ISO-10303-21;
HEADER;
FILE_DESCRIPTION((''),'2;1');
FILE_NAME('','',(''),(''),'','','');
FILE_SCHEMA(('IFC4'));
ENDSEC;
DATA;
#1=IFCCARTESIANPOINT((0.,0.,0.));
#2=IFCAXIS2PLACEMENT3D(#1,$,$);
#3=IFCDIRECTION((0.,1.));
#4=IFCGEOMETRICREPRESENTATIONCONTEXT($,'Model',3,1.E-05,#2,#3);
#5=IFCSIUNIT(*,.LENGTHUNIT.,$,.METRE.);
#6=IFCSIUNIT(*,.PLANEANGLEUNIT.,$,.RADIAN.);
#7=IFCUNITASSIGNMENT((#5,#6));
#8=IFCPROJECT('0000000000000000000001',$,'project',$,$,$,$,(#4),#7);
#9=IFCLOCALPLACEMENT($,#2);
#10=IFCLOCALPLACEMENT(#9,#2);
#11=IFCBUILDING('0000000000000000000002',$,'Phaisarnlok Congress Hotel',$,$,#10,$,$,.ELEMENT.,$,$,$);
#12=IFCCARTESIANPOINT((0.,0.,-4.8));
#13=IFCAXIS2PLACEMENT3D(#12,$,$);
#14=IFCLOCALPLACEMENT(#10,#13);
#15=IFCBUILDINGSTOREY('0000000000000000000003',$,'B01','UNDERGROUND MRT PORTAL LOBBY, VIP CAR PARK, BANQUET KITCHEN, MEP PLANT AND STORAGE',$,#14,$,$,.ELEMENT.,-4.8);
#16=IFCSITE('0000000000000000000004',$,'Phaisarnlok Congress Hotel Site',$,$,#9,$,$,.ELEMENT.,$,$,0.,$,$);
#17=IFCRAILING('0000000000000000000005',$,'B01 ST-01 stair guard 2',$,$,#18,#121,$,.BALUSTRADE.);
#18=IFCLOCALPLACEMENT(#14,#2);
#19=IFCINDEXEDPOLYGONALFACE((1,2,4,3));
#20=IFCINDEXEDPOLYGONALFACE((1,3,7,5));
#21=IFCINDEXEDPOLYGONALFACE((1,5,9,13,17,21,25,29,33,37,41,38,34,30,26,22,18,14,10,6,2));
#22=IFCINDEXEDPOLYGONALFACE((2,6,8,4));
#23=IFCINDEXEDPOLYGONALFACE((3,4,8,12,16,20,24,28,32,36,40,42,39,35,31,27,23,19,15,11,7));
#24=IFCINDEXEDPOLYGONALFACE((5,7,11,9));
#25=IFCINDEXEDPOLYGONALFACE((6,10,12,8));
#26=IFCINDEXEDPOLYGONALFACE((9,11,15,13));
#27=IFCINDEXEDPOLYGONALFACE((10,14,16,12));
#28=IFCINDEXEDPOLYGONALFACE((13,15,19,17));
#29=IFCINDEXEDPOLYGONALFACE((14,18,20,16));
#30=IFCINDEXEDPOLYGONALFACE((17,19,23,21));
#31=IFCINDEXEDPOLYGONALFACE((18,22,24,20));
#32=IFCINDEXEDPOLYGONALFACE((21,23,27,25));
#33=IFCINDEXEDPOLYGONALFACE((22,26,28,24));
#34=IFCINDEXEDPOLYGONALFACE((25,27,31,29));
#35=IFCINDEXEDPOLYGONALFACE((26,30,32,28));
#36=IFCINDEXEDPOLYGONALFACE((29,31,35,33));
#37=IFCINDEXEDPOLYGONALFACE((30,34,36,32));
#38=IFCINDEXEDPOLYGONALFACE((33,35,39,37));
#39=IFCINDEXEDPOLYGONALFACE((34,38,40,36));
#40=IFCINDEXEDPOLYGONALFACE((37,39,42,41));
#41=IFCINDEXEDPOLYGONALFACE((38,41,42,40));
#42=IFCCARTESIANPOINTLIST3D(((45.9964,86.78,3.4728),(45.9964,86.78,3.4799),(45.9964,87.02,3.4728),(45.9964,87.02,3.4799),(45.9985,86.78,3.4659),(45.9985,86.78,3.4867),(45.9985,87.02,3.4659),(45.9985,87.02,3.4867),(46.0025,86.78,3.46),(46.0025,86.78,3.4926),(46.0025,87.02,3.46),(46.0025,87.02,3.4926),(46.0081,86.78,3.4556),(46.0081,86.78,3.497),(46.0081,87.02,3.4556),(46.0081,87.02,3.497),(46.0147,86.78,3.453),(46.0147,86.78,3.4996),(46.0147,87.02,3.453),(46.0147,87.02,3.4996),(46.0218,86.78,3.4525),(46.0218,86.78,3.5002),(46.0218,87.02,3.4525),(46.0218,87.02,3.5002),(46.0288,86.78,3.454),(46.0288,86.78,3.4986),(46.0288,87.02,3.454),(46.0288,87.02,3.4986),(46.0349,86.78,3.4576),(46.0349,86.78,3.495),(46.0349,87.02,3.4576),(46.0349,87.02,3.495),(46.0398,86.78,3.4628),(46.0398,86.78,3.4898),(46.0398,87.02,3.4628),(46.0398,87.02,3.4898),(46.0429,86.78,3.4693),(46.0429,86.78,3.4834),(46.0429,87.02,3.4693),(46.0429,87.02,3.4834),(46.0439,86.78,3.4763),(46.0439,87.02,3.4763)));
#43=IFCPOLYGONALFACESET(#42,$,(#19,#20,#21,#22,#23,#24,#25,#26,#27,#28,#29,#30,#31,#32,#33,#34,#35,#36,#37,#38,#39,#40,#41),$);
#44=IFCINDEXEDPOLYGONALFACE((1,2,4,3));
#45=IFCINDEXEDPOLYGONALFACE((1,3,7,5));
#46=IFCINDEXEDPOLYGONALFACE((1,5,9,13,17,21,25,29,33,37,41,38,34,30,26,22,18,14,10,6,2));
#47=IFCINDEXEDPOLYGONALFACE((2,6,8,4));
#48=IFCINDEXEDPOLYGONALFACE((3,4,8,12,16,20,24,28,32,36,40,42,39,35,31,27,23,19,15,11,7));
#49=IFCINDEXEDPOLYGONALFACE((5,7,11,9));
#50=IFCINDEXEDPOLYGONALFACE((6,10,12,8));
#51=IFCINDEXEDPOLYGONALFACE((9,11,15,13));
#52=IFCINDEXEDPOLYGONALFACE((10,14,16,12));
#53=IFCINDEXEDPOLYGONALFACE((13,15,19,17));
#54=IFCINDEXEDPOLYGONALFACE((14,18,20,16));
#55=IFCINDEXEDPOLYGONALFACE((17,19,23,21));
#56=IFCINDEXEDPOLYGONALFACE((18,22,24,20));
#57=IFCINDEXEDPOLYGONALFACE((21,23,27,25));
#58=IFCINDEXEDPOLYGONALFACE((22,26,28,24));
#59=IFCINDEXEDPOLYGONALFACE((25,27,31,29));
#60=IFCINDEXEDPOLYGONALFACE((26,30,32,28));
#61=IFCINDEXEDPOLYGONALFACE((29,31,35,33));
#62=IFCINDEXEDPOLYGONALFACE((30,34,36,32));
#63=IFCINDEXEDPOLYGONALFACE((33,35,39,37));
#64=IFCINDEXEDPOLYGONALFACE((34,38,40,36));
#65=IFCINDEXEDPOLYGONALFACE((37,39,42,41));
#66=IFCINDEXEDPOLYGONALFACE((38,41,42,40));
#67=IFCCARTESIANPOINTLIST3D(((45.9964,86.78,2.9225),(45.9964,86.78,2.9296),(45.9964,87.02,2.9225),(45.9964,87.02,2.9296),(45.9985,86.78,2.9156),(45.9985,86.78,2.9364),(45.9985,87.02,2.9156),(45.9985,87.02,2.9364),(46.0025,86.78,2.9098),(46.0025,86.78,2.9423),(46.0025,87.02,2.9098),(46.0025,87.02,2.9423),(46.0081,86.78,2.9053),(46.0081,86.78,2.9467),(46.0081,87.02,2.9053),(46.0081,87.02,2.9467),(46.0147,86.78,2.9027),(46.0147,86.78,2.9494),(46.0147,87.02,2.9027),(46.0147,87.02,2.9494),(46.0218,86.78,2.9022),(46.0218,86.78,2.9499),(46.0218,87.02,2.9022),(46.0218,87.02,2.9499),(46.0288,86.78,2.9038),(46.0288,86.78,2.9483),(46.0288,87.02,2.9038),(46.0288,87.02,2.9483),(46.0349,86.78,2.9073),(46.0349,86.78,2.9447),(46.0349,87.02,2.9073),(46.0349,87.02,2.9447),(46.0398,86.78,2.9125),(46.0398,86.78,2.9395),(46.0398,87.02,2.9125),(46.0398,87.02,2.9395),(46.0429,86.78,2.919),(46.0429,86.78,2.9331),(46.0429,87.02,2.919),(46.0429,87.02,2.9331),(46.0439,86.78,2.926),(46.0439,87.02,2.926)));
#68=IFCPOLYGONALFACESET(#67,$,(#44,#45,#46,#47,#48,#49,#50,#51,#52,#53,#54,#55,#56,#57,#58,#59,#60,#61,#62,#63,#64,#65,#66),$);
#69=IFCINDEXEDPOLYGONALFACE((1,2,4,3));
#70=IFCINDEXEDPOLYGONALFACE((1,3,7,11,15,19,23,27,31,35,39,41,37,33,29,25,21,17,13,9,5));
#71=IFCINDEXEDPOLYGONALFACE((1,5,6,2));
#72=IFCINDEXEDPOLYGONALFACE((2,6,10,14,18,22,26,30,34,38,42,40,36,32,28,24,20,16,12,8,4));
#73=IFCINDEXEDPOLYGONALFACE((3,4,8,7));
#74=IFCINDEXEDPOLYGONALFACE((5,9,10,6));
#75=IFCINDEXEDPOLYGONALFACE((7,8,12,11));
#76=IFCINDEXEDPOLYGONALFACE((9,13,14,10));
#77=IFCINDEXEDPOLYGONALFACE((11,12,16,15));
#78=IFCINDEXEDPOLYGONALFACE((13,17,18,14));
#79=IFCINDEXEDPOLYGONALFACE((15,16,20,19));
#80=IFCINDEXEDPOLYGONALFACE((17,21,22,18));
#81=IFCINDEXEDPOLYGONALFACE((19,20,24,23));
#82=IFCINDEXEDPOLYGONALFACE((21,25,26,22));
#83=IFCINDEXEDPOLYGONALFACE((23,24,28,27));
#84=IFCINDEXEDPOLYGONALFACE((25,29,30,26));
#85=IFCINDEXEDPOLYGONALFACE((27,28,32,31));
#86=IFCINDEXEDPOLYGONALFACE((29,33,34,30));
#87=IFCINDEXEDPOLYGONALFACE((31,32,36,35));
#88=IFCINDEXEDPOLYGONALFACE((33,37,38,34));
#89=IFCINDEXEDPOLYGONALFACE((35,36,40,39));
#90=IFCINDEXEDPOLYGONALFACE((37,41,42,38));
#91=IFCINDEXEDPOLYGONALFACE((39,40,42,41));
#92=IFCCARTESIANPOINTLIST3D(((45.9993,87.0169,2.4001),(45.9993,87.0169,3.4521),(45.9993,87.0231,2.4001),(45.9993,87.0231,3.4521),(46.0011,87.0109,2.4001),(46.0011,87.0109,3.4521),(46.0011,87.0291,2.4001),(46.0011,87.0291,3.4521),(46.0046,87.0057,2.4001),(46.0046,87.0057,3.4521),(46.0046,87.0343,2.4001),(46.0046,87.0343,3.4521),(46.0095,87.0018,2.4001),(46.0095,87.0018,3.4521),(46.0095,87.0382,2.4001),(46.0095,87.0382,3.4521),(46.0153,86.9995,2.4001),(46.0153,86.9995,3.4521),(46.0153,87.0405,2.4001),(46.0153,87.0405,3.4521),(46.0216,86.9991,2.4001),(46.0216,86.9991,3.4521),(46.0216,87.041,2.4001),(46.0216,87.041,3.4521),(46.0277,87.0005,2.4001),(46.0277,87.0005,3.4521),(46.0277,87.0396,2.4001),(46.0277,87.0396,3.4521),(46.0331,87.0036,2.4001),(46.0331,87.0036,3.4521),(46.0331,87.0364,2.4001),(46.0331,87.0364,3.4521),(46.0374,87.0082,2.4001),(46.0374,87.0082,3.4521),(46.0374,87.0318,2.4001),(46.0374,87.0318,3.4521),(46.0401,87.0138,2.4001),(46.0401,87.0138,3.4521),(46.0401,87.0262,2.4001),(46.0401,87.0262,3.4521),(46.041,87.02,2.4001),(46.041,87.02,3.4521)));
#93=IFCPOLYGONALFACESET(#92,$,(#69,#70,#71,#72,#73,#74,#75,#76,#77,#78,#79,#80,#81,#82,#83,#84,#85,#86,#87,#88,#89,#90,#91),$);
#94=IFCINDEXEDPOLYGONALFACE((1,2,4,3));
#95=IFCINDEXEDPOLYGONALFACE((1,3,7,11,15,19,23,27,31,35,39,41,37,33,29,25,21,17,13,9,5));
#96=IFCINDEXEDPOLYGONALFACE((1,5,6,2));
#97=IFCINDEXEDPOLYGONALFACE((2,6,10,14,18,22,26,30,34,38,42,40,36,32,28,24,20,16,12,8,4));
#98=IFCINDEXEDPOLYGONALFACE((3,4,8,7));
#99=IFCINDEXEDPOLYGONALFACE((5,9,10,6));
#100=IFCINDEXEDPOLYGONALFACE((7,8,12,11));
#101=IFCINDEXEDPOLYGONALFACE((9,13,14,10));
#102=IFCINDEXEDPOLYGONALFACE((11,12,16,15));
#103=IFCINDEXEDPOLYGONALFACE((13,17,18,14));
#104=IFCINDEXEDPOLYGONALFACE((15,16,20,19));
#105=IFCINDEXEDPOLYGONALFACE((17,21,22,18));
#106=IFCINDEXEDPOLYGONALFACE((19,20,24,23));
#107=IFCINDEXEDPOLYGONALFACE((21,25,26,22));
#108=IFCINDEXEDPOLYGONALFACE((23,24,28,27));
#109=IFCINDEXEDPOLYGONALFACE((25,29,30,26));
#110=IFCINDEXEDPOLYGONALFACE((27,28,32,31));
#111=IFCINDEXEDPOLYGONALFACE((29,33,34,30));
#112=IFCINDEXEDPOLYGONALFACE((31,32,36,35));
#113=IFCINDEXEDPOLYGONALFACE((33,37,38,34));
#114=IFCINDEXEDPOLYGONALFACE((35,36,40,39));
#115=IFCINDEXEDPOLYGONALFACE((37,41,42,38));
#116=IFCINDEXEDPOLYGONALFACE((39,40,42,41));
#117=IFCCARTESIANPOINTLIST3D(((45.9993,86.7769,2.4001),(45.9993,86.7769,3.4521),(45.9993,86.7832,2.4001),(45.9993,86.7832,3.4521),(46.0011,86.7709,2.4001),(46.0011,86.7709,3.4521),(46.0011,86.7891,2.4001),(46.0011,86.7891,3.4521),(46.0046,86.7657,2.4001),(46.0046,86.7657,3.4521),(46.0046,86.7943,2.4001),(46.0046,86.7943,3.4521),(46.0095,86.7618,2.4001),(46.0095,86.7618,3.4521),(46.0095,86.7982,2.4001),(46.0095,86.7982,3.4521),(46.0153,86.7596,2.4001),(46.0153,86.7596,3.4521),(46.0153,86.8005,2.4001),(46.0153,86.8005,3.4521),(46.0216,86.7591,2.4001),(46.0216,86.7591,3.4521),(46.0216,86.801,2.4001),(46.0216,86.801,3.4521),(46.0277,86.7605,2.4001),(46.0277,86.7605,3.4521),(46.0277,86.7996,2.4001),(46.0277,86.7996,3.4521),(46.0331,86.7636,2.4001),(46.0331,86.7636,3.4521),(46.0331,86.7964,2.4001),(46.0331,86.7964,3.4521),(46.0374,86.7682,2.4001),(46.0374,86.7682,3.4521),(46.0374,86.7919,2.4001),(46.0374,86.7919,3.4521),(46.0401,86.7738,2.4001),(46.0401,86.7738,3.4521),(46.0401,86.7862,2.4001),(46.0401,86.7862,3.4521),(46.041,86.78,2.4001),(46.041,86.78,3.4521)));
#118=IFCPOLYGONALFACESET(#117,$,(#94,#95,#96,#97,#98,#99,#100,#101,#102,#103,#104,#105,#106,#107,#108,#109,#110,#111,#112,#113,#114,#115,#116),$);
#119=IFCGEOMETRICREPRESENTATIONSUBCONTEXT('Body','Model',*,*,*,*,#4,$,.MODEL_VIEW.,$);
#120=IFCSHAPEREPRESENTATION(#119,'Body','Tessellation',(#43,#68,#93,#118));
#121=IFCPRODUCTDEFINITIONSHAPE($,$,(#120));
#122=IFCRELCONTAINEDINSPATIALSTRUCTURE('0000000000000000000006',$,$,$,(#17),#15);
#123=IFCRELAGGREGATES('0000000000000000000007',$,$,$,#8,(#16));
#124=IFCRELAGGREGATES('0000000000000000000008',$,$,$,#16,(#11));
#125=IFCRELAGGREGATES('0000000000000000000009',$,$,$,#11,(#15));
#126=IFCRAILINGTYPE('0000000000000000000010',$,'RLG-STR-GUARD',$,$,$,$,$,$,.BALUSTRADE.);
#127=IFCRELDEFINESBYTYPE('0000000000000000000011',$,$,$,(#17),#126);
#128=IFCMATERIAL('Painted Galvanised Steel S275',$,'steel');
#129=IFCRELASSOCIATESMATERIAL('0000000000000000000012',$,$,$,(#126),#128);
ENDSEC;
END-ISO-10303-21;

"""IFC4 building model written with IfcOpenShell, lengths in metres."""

from ifc_helpers import new_model, si_unit, direction, frame, origin, origin_2d, place, context, subcontext, project, spatial, circle, extrude, material, type_object, element, save


model = new_model("IFC4")

# Units and contexts
model_context = context("Model", 3, precision=1e-05, world=origin(), true_north=direction((0.0, 1.0)))
body_context = subcontext(model_context, "Body", "Model", "MODEL_VIEW")
ifc_project = project(units=[si_unit("LENGTHUNIT", "METRE"), si_unit("PLANEANGLEUNIT", "RADIAN")], contexts=[model_context])

# Site, building, storey
site_placement = place(None, origin())
site = spatial("IfcSite", under=ifc_project, at=site_placement, Name="Phaisarnlok Congress Hotel Site", CompositionType="ELEMENT", RefElevation=0.0)
building_placement = place(site_placement, origin())
building = spatial("IfcBuilding", under=site, at=building_placement, Name="Phaisarnlok Congress Hotel", CompositionType="ELEMENT")
storey_placement = place(building_placement, frame((0.0, 0.0, -4.8)))
storey = spatial("IfcBuildingStorey", under=building, at=storey_placement, Name="B01", Description="UNDERGROUND MRT PORTAL LOBBY, VIP CAR PARK, BANQUET KITCHEN, MEP PLANT AND STORAGE", CompositionType="ELEMENT", Elevation=-4.8)

# Railing
ifc_material_1 = material(Name="Painted Galvanised Steel S275", Category="steel")
railing_type_1 = type_object("IfcRailingType", Name="RLG-STR-GUARD", PredefinedType="BALUSTRADE", material=ifc_material_1)
railing_1_placement = place(storey_placement, frame((46.02, 87.02, 2.4001)))
element("IfcRailing", 1, at=railing_1_placement, inside=storey, type_object=railing_type_1, Name="B01 ST-01 stair guard 2", PredefinedType="BALUSTRADE", context=body_context, shape_type="SweptSolid", body=[
    extrude(circle(Radius=0.0239, at=origin_2d()), frame((0.0, 0.0, 1.0762), z_axis=(0.0, -1.0, 0.0), x_axis=(1.0, 0.0, 0.0)), (0.0, 0.0, 1.0), 0.24),
    extrude(circle(Radius=0.0239, at=origin_2d()), frame((0.0, 0.0, 0.5259), z_axis=(0.0, -1.0, 0.0), x_axis=(1.0, 0.0, 0.0)), (0.0, 0.0, 1.0), 0.24),
    extrude(circle(Radius=0.021, at=origin_2d()), origin(), (0.0, 0.0, 1.0), 1.052),
    extrude(circle(Radius=0.021, at=origin_2d()), frame((0.0, -0.24, 0.0)), (0.0, 0.0, 1.0), 1.052),
])

save(model, "model.ifc")
